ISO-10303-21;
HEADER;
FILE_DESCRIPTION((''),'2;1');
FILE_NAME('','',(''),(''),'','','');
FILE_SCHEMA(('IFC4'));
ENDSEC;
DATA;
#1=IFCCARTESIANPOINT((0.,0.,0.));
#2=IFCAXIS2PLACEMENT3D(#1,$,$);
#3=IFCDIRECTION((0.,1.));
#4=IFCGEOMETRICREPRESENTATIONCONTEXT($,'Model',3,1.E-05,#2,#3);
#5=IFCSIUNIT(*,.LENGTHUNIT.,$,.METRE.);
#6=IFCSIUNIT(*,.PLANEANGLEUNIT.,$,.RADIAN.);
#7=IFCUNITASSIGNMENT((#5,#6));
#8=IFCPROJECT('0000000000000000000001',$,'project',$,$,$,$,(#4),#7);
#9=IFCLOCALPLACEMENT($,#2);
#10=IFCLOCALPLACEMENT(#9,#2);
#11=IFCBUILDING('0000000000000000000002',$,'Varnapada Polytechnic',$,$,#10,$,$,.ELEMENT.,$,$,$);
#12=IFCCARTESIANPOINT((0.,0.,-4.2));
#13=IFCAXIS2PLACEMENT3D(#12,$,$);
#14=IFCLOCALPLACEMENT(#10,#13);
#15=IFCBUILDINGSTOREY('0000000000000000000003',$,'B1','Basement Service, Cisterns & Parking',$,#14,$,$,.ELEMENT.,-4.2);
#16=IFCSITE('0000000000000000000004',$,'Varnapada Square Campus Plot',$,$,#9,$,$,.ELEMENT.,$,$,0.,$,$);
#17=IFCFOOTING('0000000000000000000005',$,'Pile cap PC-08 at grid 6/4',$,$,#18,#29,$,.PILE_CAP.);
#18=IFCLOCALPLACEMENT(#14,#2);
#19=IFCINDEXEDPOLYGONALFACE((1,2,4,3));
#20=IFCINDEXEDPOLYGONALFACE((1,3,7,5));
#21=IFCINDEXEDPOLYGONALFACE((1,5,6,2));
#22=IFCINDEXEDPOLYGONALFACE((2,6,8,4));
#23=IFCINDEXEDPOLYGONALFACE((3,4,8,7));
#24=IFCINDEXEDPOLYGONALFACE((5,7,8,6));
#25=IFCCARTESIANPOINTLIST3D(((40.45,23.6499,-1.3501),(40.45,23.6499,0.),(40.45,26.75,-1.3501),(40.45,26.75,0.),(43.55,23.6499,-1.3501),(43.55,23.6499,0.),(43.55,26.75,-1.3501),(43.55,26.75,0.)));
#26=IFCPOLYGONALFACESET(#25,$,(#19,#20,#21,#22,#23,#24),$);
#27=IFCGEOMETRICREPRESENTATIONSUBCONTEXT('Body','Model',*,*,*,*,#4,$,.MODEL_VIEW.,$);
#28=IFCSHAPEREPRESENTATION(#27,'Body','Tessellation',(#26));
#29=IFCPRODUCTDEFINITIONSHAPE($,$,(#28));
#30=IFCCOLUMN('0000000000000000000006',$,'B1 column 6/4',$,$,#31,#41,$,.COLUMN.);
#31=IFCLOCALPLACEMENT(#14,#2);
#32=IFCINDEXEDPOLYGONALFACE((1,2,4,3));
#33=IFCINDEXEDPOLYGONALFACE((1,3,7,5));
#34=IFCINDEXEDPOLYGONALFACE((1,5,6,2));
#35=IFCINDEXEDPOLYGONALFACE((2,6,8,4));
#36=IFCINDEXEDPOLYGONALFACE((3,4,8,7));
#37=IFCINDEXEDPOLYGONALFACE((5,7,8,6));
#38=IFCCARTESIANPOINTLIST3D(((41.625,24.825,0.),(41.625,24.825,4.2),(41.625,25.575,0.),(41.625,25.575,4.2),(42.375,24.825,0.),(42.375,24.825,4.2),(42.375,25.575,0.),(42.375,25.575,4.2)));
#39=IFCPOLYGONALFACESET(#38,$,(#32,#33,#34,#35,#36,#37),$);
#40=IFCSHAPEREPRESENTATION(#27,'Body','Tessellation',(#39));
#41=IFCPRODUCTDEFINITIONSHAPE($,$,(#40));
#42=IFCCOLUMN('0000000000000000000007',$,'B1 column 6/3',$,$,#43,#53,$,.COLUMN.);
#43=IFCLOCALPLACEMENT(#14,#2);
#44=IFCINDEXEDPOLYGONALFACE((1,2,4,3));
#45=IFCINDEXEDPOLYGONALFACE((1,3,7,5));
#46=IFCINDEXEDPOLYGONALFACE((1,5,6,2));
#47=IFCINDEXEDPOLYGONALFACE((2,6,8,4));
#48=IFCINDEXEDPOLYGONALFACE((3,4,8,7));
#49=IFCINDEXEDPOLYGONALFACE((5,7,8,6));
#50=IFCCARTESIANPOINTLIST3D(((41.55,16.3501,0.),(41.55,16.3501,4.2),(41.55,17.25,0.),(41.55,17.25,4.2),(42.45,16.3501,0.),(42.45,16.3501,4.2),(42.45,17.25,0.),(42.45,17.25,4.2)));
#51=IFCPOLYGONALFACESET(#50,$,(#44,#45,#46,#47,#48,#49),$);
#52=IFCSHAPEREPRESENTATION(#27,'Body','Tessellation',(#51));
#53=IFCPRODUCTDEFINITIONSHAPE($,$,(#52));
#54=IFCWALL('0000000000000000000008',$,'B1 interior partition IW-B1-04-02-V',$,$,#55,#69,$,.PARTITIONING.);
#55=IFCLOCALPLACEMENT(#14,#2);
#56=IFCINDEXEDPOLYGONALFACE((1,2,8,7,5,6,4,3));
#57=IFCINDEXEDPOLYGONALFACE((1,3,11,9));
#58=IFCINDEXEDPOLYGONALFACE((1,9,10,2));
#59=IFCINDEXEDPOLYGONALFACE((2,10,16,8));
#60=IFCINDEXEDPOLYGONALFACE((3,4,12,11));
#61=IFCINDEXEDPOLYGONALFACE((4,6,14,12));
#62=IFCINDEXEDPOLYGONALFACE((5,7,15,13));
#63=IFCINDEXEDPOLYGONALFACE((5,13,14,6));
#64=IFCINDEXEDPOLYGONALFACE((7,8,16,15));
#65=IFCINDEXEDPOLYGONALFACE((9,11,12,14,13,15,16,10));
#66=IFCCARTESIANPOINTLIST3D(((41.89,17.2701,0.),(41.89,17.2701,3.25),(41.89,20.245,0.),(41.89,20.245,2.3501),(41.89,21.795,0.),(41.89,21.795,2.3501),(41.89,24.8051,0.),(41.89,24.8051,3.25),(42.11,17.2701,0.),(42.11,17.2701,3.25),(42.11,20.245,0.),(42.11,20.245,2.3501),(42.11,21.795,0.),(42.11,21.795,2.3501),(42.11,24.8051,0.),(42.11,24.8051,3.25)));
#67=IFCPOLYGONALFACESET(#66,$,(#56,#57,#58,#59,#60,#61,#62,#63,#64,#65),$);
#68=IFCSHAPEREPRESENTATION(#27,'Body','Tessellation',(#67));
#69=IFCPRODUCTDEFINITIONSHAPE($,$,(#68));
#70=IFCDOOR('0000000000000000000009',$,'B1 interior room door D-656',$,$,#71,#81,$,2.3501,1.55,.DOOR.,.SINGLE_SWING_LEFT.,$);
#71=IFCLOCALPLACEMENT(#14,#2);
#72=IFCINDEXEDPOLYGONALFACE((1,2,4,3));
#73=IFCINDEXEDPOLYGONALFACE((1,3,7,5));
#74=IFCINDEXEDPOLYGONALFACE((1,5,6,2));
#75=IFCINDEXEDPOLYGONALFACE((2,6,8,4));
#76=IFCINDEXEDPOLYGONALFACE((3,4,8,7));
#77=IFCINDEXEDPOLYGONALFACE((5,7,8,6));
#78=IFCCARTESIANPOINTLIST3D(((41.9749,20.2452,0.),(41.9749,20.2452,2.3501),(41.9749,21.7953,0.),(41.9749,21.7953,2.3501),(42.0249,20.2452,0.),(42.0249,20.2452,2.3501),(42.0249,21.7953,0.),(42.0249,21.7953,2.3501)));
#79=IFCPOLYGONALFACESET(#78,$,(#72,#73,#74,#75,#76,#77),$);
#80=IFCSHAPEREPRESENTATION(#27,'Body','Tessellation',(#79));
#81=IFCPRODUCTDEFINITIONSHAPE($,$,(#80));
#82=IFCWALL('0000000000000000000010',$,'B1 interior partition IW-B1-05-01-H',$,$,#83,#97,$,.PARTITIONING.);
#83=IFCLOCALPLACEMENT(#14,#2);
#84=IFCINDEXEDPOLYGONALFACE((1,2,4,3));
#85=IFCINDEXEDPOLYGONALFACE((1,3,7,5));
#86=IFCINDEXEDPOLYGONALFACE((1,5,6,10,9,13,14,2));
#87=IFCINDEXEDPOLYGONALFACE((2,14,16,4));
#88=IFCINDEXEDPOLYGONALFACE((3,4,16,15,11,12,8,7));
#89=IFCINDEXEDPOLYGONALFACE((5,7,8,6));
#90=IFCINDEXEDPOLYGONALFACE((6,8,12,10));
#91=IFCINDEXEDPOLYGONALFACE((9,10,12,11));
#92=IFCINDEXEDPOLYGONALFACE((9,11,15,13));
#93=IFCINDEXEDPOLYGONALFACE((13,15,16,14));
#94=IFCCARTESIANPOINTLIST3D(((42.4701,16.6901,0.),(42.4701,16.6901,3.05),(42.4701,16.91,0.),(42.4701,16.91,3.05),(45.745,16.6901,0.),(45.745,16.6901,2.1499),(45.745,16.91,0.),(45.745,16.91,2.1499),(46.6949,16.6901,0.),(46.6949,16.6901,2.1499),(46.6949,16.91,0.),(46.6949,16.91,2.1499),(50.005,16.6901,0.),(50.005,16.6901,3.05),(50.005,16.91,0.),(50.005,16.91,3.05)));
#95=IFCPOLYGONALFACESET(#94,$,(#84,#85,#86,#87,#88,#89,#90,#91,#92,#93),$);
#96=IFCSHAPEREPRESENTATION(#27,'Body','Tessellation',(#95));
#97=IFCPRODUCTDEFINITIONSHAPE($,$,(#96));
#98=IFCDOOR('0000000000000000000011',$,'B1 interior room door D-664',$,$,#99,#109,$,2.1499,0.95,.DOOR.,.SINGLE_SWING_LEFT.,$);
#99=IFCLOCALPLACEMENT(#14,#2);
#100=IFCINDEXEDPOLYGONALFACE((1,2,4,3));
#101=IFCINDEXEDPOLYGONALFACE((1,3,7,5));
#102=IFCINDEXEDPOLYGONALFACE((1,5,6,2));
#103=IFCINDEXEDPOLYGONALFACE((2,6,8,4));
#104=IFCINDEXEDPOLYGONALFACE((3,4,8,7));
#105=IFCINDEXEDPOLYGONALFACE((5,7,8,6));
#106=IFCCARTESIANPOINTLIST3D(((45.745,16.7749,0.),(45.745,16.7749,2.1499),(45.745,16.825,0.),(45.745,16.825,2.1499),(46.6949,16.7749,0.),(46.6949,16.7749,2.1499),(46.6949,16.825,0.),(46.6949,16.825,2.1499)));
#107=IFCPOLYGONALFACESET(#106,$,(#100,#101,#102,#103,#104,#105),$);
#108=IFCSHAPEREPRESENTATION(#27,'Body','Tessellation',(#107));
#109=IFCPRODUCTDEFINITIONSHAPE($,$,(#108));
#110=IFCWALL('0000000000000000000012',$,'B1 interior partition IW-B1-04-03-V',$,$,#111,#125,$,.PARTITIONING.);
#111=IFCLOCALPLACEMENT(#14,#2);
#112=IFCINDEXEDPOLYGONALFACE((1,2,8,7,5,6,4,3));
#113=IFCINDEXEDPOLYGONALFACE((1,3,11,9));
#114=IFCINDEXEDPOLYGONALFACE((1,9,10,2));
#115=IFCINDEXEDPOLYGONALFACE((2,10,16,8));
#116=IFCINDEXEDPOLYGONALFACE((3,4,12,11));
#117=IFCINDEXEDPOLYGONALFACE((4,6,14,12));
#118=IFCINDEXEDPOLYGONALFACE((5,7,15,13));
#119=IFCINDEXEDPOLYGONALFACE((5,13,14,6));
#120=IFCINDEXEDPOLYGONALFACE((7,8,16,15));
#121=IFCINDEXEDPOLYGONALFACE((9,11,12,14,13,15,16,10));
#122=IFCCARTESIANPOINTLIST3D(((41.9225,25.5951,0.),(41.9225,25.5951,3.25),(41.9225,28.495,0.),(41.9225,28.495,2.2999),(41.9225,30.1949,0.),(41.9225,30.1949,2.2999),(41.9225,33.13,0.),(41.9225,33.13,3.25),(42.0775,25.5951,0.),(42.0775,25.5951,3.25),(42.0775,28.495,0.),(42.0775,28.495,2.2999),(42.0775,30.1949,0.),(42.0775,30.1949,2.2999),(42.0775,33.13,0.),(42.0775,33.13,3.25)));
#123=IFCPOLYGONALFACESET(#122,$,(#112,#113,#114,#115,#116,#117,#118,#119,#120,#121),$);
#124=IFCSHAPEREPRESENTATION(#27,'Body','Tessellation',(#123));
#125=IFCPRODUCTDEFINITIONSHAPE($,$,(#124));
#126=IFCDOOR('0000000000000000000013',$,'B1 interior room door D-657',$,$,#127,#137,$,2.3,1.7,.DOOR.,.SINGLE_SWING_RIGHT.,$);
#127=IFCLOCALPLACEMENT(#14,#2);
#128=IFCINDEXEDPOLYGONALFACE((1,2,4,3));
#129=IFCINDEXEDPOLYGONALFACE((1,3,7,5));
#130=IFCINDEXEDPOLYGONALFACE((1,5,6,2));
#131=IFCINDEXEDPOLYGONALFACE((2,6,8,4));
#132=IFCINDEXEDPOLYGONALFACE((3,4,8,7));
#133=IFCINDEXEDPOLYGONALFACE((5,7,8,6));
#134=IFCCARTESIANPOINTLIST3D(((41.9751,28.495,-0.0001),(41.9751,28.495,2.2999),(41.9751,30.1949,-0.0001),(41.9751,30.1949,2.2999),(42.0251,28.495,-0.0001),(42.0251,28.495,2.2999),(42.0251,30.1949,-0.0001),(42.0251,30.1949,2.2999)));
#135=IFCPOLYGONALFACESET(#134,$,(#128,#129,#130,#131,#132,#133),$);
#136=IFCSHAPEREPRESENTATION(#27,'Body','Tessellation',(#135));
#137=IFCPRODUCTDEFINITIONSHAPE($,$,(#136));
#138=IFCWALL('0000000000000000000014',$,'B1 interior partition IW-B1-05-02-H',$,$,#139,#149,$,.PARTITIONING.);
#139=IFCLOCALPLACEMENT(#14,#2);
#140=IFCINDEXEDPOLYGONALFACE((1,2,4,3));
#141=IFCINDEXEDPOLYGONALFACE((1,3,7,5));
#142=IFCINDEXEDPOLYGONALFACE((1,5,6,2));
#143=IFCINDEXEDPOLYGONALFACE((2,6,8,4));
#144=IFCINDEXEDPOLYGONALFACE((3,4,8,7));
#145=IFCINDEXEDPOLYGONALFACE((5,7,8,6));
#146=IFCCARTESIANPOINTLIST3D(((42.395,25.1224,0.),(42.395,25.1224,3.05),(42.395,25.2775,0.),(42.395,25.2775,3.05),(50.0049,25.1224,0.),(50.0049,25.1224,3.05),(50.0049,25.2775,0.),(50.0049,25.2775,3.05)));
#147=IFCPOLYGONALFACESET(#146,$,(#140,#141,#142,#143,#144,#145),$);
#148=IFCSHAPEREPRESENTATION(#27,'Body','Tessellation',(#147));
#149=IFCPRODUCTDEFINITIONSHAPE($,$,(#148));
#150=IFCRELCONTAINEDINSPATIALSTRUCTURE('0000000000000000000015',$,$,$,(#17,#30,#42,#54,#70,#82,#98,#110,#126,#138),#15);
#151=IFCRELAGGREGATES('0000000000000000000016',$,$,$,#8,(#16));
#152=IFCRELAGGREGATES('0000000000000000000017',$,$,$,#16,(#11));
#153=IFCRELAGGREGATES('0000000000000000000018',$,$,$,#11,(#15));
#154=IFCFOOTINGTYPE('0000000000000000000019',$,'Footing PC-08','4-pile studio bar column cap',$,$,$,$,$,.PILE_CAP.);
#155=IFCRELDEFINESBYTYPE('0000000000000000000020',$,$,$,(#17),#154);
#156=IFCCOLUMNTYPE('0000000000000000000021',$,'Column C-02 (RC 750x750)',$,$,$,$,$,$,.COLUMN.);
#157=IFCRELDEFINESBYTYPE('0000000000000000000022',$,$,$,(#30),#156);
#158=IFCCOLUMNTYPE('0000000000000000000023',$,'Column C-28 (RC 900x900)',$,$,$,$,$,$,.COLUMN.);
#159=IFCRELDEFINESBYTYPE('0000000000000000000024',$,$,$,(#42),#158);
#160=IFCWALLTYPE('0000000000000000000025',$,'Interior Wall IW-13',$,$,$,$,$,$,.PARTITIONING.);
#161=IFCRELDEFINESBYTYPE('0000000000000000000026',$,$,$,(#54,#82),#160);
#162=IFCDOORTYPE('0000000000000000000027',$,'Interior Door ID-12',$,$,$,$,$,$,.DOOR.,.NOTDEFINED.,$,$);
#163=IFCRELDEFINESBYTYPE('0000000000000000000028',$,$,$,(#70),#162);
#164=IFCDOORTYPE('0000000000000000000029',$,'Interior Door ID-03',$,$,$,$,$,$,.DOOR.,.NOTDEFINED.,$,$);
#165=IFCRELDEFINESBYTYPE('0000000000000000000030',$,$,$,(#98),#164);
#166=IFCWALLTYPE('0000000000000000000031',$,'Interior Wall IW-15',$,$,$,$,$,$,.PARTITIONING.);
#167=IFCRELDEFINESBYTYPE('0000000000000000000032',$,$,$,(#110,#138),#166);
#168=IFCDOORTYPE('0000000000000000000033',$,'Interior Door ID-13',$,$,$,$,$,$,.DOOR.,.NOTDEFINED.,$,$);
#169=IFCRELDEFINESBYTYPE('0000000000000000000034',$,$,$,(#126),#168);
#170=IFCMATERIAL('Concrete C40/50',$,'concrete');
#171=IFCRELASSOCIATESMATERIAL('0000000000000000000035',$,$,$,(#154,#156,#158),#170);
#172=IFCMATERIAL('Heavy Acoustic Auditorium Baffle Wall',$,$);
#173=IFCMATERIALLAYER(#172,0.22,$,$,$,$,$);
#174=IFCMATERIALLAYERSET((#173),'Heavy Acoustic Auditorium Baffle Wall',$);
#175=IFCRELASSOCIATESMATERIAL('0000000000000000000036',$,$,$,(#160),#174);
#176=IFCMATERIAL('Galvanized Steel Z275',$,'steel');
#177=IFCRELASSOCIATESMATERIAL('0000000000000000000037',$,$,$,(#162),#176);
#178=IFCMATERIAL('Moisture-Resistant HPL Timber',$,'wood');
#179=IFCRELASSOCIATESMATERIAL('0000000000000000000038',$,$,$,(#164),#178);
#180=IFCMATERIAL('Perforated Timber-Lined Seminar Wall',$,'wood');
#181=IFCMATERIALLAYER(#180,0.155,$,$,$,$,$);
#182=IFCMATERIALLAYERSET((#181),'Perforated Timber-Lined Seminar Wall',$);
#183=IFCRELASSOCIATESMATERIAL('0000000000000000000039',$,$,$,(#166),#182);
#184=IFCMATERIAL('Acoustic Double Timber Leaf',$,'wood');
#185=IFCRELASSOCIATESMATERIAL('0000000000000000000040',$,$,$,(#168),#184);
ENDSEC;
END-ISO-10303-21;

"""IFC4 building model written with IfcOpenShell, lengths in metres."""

from ifc_helpers import new_model, si_unit, direction, frame, frame_2d, origin, origin_2d, place, context, subcontext, project, spatial, rectangle, extrude, material, layer, layer_set, material_profile, profile_set, type_object, element, fill, save


model = new_model("IFC4")

# Units and contexts
model_context = context("Model", 3, precision=1e-05, world=origin(), true_north=direction((0.0, 1.0)))
body_context = subcontext(model_context, "Body", "Model", "MODEL_VIEW")
ifc_project = project(units=[si_unit("LENGTHUNIT", "METRE"), si_unit("PLANEANGLEUNIT", "RADIAN")], contexts=[model_context])

# Site, building, storey
site_placement = place(None, origin())
site = spatial("IfcSite", under=ifc_project, at=site_placement, Name="Varnapada Square Campus Plot", CompositionType="ELEMENT", RefElevation=0.0)
building_placement = place(site_placement, origin())
building = spatial("IfcBuilding", under=site, at=building_placement, Name="Varnapada Polytechnic", CompositionType="ELEMENT")
storey_placement = place(building_placement, frame((0.0, 0.0, -4.2)))
storey = spatial("IfcBuildingStorey", under=building, at=storey_placement, Name="B1", Description="Basement Service, Cisterns & Parking", CompositionType="ELEMENT", Elevation=-4.2)

# Shared definitions
ifc_material_1 = material(Name="Concrete C40/50", Category="concrete")

# Footing
footing_type_1 = type_object("IfcFootingType", Name="Footing PC-08", Description="4-pile studio bar column cap", PredefinedType="PILE_CAP", material=ifc_material_1)
footing_1_placement = place(storey_placement, frame((42.0, 25.2, -1.3501), z_axis=(0.0, 0.0, 1.0), x_axis=(1.0, 0.0, 0.0)))
element("IfcFooting", 1, at=footing_1_placement, inside=storey, type_object=footing_type_1, Name="Pile cap PC-08 at grid 6/4", PredefinedType="PILE_CAP", context=body_context, shape_type="SweptSolid", body=[
    extrude(rectangle(XDim=3.1001, YDim=3.1001, at=origin_2d()), origin(), (0.0, 0.0, 1.0), 1.3501),
])

# Columns
ifc_material_profile_1 = material_profile(ifc_material_1, rectangle(XDim=0.75, YDim=0.75, at=origin_2d()), Name="RC 750x750")
ifc_profile_set_1 = profile_set([ifc_material_profile_1], Name="Concrete C40/50")
column_type_1 = type_object("IfcColumnType", Name="Column C-02 (RC 750x750)", PredefinedType="COLUMN", material=ifc_profile_set_1)
column_1_placement = place(storey_placement, frame((42.0, 25.2, 0.0), z_axis=(0.0, 0.0, 1.0), x_axis=(1.0, 0.0, 0.0)))
element("IfcColumn", 2, at=column_1_placement, inside=storey, type_object=column_type_1, Name="B1 column 6/4", PredefinedType="COLUMN", context=body_context, shape_type="SweptSolid", body=[
    extrude(rectangle(XDim=0.75, YDim=0.75, at=origin_2d()), origin(), (0.0, 0.0, 1.0), 4.2),
])
ifc_material_profile_2 = material_profile(ifc_material_1, rectangle(XDim=0.8999, YDim=0.8999, at=origin_2d()), Name="RC 900x900")
ifc_profile_set_2 = profile_set([ifc_material_profile_2], Name="Concrete C40/50")
column_type_2 = type_object("IfcColumnType", Name="Column C-28 (RC 900x900)", PredefinedType="COLUMN", material=ifc_profile_set_2)
column_2_placement = place(storey_placement, frame((42.0, 16.8, 0.0), z_axis=(0.0, 0.0, 1.0), x_axis=(1.0, 0.0, 0.0)))
element("IfcColumn", 3, at=column_2_placement, inside=storey, type_object=column_type_2, Name="B1 column 6/3", PredefinedType="COLUMN", context=body_context, shape_type="SweptSolid", body=[
    extrude(rectangle(XDim=0.8999, YDim=0.8999, at=origin_2d()), origin(), (0.0, 0.0, 1.0), 4.2),
])

# Walls, openings, doors
ifc_material_2 = material(Name="Heavy Acoustic Auditorium Baffle Wall")
ifc_layer_1 = layer(ifc_material_2, 0.22)
ifc_layer_set_1 = layer_set([ifc_layer_1], Name="Heavy Acoustic Auditorium Baffle Wall")
wall_type_1 = type_object("IfcWallType", Name="Interior Wall IW-13", PredefinedType="PARTITIONING", material=ifc_layer_set_1)
wall_1_placement = place(storey_placement, frame((42.0, 17.27, 0.0), z_axis=(0.0, 0.0, 1.0), x_axis=(0.0, 1.0, 0.0)))
wall_1 = element("IfcWall", 4, at=wall_1_placement, inside=storey, type_object=wall_type_1, Name="B1 interior partition IW-B1-04-02-V", PredefinedType="PARTITIONING", context=body_context, shape_type="SweptSolid", body=[
    extrude(rectangle(XDim=7.5349, YDim=0.22, at=frame_2d((3.7676, 0.0))), origin(), (0.0, 0.0, 1.0), 3.25),
])
opening_1_placement = place(wall_1_placement, frame((2.9751, 0.0, 0.0)))
opening_1 = element("IfcOpeningElement", 5, at=opening_1_placement, cuts=wall_1, PredefinedType="OPENING", context=body_context, shape_type="SweptSolid", body=[
    extrude(rectangle(XDim=1.55, YDim=2.3501, at=frame_2d((0.7749, 1.175))), frame((0.0, 0.1199, 0.0), z_axis=(0.0, -1.0, 0.0), x_axis=(1.0, 0.0, 0.0)), (0.0, 0.0, 1.0), 0.24),
])
ifc_material_3 = material(Name="Galvanized Steel Z275", Category="steel")
door_type_1 = type_object("IfcDoorType", Name="Interior Door ID-12", OperationType="NOTDEFINED", PredefinedType="DOOR", material=ifc_material_3)
door_1_placement = place(opening_1_placement, frame((1.55, 0.0, 0.0), z_axis=(0.0, 0.0, 1.0), x_axis=(-1.0, 0.0, 0.0)))
door_1 = element("IfcDoor", 6, at=door_1_placement, inside=storey, type_object=door_type_1, Name="B1 interior room door D-656", OperationType="SINGLE_SWING_LEFT", OverallHeight=2.3501, OverallWidth=1.55, PredefinedType="DOOR", context=body_context, shape_type="SweptSolid", body=[
    extrude(rectangle(XDim=1.55, YDim=2.3501, at=frame_2d((0.7749, 1.175))), frame((0.0, 0.0249, 0.0), z_axis=(0.0, -1.0, 0.0), x_axis=(1.0, 0.0, 0.0)), (0.0, 0.0, 1.0), 0.05),
])
fill(opening_1, door_1)
wall_2_placement = place(storey_placement, frame((42.47, 16.8, 0.0), z_axis=(0.0, 0.0, 1.0), x_axis=(1.0, 0.0, 0.0)))
wall_2 = element("IfcWall", 7, at=wall_2_placement, inside=storey, type_object=wall_type_1, Name="B1 interior partition IW-B1-05-01-H", PredefinedType="PARTITIONING", context=body_context, shape_type="SweptSolid", body=[
    extrude(rectangle(XDim=7.5349, YDim=0.22, at=frame_2d((3.7676, 0.0))), origin(), (0.0, 0.0, 1.0), 3.05),
])
opening_2_placement = place(wall_2_placement, frame((3.2749, 0.0, 0.0)))
opening_2 = element("IfcOpeningElement", 8, at=opening_2_placement, cuts=wall_2, PredefinedType="OPENING", context=body_context, shape_type="SweptSolid", body=[
    extrude(rectangle(XDim=0.95, YDim=2.1499, at=frame_2d((0.4751, 1.075))), frame((0.0, 0.1199, 0.0), z_axis=(0.0, -1.0, 0.0), x_axis=(1.0, 0.0, 0.0)), (0.0, 0.0, 1.0), 0.24),
])
ifc_material_4 = material(Name="Moisture-Resistant HPL Timber", Category="wood")
door_type_2 = type_object("IfcDoorType", Name="Interior Door ID-03", OperationType="NOTDEFINED", PredefinedType="DOOR", material=ifc_material_4)
door_2_placement = place(opening_2_placement, origin())
door_2 = element("IfcDoor", 9, at=door_2_placement, inside=storey, type_object=door_type_2, Name="B1 interior room door D-664", OperationType="SINGLE_SWING_LEFT", OverallHeight=2.1499, OverallWidth=0.95, PredefinedType="DOOR", context=body_context, shape_type="SweptSolid", body=[
    extrude(rectangle(XDim=0.95, YDim=2.1499, at=frame_2d((0.4751, 1.075))), frame((0.0, 0.0249, 0.0), z_axis=(0.0, -1.0, 0.0), x_axis=(1.0, 0.0, 0.0)), (0.0, 0.0, 1.0), 0.05),
])
fill(opening_2, door_2)
ifc_material_5 = material(Name="Perforated Timber-Lined Seminar Wall", Category="wood")
ifc_layer_2 = layer(ifc_material_5, 0.155)
ifc_layer_set_2 = layer_set([ifc_layer_2], Name="Perforated Timber-Lined Seminar Wall")
wall_type_2 = type_object("IfcWallType", Name="Interior Wall IW-15", PredefinedType="PARTITIONING", material=ifc_layer_set_2)
wall_3_placement = place(storey_placement, frame((42.0, 25.595, 0.0), z_axis=(0.0, 0.0, 1.0), x_axis=(0.0, 1.0, 0.0)))
wall_3 = element("IfcWall", 10, at=wall_3_placement, inside=storey, type_object=wall_type_2, Name="B1 interior partition IW-B1-04-03-V", PredefinedType="PARTITIONING", context=body_context, shape_type="SweptSolid", body=[
    extrude(rectangle(XDim=7.5349, YDim=0.155, at=frame_2d((3.7676, 0.0))), origin(), (0.0, 0.0, 1.0), 3.25),
])
opening_3_placement = place(wall_3_placement, frame((2.8999, 0.0, 0.0)))
opening_3 = element("IfcOpeningElement", 11, at=opening_3_placement, cuts=wall_3, PredefinedType="OPENING", context=body_context, shape_type="SweptSolid", body=[
    extrude(rectangle(XDim=1.7, YDim=2.3, at=frame_2d((0.8501, 1.1499))), frame((0.0, 0.0874, 0.0), z_axis=(0.0, -1.0, 0.0), x_axis=(1.0, 0.0, 0.0)), (0.0, 0.0, 1.0), 0.175),
])
ifc_material_6 = material(Name="Acoustic Double Timber Leaf", Category="wood")
door_type_3 = type_object("IfcDoorType", Name="Interior Door ID-13", OperationType="NOTDEFINED", PredefinedType="DOOR", material=ifc_material_6)
door_3_placement = place(opening_3_placement, origin())
door_3 = element("IfcDoor", 12, at=door_3_placement, inside=storey, type_object=door_type_3, Name="B1 interior room door D-657", OperationType="SINGLE_SWING_RIGHT", OverallHeight=2.3, OverallWidth=1.7, PredefinedType="DOOR", context=body_context, shape_type="SweptSolid", body=[
    extrude(rectangle(XDim=1.7, YDim=2.3, at=frame_2d((0.8501, 1.1499))), frame((0.0, 0.0249, 0.0), z_axis=(0.0, -1.0, 0.0), x_axis=(1.0, 0.0, 0.0)), (0.0, 0.0, 1.0), 0.05),
])
fill(opening_3, door_3)

# Wall
wall_4_placement = place(storey_placement, frame((42.395, 25.2, 0.0), z_axis=(0.0, 0.0, 1.0), x_axis=(1.0, 0.0, 0.0)))
element("IfcWall", 13, at=wall_4_placement, inside=storey, type_object=wall_type_2, Name="B1 interior partition IW-B1-05-02-H", PredefinedType="PARTITIONING", context=body_context, shape_type="SweptSolid", body=[
    extrude(rectangle(XDim=7.6099, YDim=0.155, at=frame_2d((3.8049, 0.0))), origin(), (0.0, 0.0, 1.0), 3.05),
])

save(model, "model.ifc")
